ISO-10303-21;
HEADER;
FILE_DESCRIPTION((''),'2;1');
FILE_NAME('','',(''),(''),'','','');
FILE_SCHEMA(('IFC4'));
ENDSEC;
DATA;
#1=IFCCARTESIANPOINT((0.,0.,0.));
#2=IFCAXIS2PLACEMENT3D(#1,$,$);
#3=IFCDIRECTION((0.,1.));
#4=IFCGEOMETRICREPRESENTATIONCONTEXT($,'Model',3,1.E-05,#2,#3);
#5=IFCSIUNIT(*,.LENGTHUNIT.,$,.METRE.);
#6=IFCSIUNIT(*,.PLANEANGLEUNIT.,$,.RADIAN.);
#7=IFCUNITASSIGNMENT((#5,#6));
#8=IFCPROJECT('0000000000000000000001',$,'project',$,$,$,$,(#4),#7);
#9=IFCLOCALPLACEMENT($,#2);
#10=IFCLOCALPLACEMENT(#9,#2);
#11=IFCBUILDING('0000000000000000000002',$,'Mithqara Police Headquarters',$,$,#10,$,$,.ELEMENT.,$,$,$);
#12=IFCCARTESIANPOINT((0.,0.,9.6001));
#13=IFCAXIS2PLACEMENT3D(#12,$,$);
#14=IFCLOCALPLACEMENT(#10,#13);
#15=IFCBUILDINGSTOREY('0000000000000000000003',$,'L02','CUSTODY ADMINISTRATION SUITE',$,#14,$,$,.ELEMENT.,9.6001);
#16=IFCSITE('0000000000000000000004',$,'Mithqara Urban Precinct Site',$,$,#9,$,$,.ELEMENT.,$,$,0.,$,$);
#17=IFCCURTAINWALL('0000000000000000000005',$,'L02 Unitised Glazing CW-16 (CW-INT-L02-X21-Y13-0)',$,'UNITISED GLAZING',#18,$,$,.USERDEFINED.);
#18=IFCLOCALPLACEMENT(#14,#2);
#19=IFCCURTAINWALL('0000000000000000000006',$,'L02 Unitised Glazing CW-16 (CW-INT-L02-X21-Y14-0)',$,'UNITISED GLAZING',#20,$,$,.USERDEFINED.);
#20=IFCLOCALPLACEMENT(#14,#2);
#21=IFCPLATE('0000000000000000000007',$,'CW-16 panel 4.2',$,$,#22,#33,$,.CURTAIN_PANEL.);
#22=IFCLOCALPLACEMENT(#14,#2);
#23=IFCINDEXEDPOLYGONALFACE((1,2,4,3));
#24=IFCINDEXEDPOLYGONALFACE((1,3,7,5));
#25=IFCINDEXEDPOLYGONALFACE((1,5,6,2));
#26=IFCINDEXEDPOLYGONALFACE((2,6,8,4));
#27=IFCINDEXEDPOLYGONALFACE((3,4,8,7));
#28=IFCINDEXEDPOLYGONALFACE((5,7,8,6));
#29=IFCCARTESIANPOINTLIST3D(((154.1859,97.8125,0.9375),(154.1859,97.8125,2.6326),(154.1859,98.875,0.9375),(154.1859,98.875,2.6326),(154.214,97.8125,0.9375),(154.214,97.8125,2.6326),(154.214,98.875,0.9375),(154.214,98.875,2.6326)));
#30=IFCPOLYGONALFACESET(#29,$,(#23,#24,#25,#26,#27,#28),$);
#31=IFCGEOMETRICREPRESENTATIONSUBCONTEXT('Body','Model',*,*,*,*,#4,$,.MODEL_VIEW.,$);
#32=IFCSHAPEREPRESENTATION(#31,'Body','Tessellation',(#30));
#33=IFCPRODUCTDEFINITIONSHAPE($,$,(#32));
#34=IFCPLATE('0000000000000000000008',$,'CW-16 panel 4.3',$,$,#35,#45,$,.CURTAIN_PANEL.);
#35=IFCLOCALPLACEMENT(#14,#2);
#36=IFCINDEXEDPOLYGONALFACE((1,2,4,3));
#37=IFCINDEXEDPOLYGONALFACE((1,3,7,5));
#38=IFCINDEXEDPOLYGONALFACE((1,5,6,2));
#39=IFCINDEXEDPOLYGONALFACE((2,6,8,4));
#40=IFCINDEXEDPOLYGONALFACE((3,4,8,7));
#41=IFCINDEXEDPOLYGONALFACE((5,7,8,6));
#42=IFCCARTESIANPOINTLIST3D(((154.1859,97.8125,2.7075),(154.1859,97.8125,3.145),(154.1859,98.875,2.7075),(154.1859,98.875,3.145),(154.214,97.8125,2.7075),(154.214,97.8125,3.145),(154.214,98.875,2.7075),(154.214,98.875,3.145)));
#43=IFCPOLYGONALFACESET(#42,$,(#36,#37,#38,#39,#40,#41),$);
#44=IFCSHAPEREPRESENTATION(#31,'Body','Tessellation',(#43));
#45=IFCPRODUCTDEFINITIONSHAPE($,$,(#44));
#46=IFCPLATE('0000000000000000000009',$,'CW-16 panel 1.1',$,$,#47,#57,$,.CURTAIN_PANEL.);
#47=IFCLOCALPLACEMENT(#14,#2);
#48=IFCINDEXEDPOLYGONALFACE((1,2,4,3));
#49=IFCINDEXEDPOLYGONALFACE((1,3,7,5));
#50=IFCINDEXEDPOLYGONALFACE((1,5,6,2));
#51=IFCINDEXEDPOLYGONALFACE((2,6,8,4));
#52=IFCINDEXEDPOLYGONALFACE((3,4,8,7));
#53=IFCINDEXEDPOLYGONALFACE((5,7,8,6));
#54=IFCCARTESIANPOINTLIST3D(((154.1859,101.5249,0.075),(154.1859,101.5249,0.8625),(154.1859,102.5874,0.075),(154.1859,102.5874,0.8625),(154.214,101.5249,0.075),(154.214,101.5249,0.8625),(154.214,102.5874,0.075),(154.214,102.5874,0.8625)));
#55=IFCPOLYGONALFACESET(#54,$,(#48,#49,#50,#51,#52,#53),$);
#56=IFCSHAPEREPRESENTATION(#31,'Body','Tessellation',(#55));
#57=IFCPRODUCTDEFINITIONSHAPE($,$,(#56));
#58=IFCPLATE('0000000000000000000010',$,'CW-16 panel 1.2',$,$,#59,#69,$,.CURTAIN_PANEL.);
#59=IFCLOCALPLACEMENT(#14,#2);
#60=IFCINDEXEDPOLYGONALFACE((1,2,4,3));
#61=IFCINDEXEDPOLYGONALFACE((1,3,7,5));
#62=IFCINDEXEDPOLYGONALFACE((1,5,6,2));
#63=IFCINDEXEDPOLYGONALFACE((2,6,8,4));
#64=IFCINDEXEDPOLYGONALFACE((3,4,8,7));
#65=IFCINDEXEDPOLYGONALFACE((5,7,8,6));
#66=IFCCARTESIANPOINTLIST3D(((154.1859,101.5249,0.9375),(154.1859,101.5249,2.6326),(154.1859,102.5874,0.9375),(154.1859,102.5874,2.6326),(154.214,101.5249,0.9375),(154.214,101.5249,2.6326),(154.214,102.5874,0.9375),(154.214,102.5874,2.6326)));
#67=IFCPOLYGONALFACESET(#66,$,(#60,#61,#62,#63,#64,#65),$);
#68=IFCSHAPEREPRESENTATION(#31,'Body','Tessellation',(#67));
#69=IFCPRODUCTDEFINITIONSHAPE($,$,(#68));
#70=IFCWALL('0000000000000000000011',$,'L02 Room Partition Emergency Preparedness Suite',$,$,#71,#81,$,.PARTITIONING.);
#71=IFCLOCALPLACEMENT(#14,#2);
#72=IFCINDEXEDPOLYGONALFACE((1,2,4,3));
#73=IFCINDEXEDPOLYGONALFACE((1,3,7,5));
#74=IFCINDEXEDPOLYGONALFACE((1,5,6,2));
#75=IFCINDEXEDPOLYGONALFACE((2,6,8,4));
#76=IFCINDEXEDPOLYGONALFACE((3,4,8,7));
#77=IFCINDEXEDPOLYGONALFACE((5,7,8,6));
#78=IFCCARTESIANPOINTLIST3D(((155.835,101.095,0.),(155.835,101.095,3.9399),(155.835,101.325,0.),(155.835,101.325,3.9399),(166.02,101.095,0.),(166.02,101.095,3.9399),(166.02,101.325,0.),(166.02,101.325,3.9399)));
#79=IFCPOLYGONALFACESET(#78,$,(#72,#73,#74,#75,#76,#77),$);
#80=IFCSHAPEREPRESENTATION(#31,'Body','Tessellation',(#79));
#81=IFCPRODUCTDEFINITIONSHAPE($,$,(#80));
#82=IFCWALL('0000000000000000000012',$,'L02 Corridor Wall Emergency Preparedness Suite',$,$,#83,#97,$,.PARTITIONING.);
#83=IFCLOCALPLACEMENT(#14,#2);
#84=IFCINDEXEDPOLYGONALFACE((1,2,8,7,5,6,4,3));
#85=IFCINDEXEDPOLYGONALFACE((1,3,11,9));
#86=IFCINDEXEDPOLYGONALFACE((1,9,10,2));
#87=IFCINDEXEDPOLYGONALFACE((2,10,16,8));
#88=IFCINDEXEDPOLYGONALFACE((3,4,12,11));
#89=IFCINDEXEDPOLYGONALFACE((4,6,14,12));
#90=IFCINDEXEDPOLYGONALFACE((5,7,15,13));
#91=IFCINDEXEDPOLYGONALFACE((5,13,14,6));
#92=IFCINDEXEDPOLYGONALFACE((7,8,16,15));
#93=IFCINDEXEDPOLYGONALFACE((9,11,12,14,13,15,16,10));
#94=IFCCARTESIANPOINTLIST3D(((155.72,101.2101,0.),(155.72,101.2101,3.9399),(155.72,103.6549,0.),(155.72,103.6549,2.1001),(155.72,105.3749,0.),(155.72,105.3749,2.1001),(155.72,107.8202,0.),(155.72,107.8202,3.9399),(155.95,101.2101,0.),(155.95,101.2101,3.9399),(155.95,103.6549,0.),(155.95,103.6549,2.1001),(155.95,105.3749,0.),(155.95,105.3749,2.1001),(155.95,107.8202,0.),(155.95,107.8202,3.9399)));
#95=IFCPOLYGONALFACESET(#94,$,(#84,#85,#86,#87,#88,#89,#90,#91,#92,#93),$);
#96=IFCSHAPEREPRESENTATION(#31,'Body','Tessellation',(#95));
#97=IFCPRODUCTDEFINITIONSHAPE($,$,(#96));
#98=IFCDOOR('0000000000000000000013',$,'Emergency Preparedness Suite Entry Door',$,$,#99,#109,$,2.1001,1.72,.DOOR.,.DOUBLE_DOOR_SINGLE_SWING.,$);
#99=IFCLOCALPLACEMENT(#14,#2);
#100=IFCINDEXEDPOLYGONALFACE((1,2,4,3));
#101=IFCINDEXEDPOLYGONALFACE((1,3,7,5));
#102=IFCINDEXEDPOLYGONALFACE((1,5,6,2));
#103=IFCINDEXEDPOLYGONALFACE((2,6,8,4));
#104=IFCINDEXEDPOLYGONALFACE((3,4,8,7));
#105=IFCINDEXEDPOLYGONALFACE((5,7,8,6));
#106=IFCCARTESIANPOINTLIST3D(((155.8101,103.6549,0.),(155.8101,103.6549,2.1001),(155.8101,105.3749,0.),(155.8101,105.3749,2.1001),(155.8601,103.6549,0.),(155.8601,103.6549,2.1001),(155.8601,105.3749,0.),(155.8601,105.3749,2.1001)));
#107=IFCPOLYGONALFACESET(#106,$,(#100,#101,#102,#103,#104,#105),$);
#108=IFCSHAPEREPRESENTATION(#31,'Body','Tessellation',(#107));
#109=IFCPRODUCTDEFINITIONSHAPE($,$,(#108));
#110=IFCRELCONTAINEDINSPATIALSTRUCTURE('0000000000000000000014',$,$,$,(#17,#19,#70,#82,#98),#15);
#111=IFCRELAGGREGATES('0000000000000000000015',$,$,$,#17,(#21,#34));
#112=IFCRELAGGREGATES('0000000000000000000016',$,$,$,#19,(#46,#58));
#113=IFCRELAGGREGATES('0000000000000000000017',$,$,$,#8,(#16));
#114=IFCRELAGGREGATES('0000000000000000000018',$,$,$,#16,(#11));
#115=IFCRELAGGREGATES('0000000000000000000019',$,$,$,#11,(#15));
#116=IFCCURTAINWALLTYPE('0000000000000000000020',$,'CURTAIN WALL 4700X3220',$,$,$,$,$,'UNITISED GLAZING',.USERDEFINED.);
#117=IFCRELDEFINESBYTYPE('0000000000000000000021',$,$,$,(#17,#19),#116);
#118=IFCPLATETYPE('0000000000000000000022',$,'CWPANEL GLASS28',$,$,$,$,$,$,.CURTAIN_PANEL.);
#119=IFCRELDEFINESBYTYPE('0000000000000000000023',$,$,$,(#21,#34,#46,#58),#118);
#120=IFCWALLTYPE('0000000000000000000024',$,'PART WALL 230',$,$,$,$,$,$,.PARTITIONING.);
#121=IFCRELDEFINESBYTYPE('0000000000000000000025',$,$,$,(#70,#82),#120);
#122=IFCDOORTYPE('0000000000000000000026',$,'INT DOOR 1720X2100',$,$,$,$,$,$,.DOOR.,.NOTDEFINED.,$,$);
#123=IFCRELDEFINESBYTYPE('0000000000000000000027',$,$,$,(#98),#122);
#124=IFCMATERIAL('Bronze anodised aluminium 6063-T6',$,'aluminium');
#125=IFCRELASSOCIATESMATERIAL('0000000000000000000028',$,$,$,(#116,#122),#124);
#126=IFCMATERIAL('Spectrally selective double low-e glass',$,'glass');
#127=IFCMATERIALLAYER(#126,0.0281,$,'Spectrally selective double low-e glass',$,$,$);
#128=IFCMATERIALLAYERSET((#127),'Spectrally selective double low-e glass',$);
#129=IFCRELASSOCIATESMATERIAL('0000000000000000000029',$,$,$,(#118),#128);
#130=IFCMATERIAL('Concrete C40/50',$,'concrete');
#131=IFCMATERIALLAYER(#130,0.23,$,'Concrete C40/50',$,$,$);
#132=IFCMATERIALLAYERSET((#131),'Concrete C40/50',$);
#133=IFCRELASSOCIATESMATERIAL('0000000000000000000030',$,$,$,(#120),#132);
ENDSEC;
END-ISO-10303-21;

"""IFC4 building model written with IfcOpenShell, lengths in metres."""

from ifc_helpers import new_model, si_unit, direction, frame, frame_2d, origin, origin_2d, place, context, subcontext, project, spatial, rectangle, extrude, material, layer, layer_set, type_object, element, fill, aggregate, save


model = new_model("IFC4")

# Units and contexts
model_context = context("Model", 3, precision=1e-05, world=origin(), true_north=direction((0.0, 1.0)))
body_context = subcontext(model_context, "Body", "Model", "MODEL_VIEW")
ifc_project = project(units=[si_unit("LENGTHUNIT", "METRE"), si_unit("PLANEANGLEUNIT", "RADIAN")], contexts=[model_context])

# Site, building, storey
site_placement = place(None, origin())
site = spatial("IfcSite", under=ifc_project, at=site_placement, Name="Mithqara Urban Precinct Site", CompositionType="ELEMENT", RefElevation=0.0)
building_placement = place(site_placement, origin())
building = spatial("IfcBuilding", under=site, at=building_placement, Name="Mithqara Police Headquarters", CompositionType="ELEMENT")
storey_placement = place(building_placement, frame((0.0, 0.0, 9.6001)))
storey = spatial("IfcBuildingStorey", under=building, at=storey_placement, Name="L02", Description="CUSTODY ADMINISTRATION SUITE", CompositionType="ELEMENT", Elevation=9.6001)

# Shared definitions
ifc_material_1 = material(Name="Concrete C40/50", Category="concrete")

# Curtain walls
ifc_material_2 = material(Name="Bronze anodised aluminium 6063-T6", Category="aluminium")
curtain_wall_type = type_object("IfcCurtainWallType", Name="CURTAIN WALL 4700X3220", ElementType="UNITISED GLAZING", PredefinedType="USERDEFINED", material=ifc_material_2)
curtain_wall_1_placement = place(storey_placement, origin())
curtain_wall_1 = element("IfcCurtainWall", 1, at=curtain_wall_1_placement, inside=storey, type_object=curtain_wall_type, Name="L02 Unitised Glazing CW-16 (CW-INT-L02-X21-Y13-0)", ObjectType="UNITISED GLAZING", PredefinedType="USERDEFINED")
curtain_wall_2_placement = place(storey_placement, origin())
curtain_wall_2 = element("IfcCurtainWall", 2, at=curtain_wall_2_placement, inside=storey, type_object=curtain_wall_type, Name="L02 Unitised Glazing CW-16 (CW-INT-L02-X21-Y14-0)", ObjectType="UNITISED GLAZING", PredefinedType="USERDEFINED")

# Plates
ifc_material_3 = material(Name="Spectrally selective double low-e glass", Category="glass")
ifc_layer_1 = layer(ifc_material_3, 0.0281, Name="Spectrally selective double low-e glass")
ifc_layer_set_1 = layer_set([ifc_layer_1], Name="Spectrally selective double low-e glass")
plate_type = type_object("IfcPlateType", Name="CWPANEL GLASS28", PredefinedType="CURTAIN_PANEL", material=ifc_layer_set_1)
plate_1_placement = place(storey_placement, frame((154.2, 98.3438, 0.9375), z_axis=(0.0, 0.0, 1.0), x_axis=(0.0, 1.0, 0.0)))
plate_1 = element("IfcPlate", 3, at=plate_1_placement, type_object=plate_type, Name="CW-16 panel 4.2", PredefinedType="CURTAIN_PANEL", context=body_context, shape_type="SweptSolid", body=[
    extrude(rectangle(XDim=1.0625, YDim=0.0281, at=origin_2d()), origin(), (0.0, 0.0, 1.0), 1.6951),
])
plate_2_placement = place(storey_placement, frame((154.2, 98.3438, 2.7075), z_axis=(0.0, 0.0, 1.0), x_axis=(0.0, 1.0, 0.0)))
plate_2 = element("IfcPlate", 4, at=plate_2_placement, type_object=plate_type, Name="CW-16 panel 4.3", PredefinedType="CURTAIN_PANEL", context=body_context, shape_type="SweptSolid", body=[
    extrude(rectangle(XDim=1.0625, YDim=0.0281, at=origin_2d()), origin(), (0.0, 0.0, 1.0), 0.4375),
])
aggregate(curtain_wall_1, [plate_1, plate_2])
plate_3_placement = place(storey_placement, frame((154.2, 102.0562, 0.075), z_axis=(0.0, 0.0, 1.0), x_axis=(0.0, 1.0, 0.0)))
plate_3 = element("IfcPlate", 5, at=plate_3_placement, type_object=plate_type, Name="CW-16 panel 1.1", PredefinedType="CURTAIN_PANEL", context=body_context, shape_type="SweptSolid", body=[
    extrude(rectangle(XDim=1.0625, YDim=0.0281, at=origin_2d()), origin(), (0.0, 0.0, 1.0), 0.7876),
])
plate_4_placement = place(storey_placement, frame((154.2, 102.0562, 0.9375), z_axis=(0.0, 0.0, 1.0), x_axis=(0.0, 1.0, 0.0)))
plate_4 = element("IfcPlate", 6, at=plate_4_placement, type_object=plate_type, Name="CW-16 panel 1.2", PredefinedType="CURTAIN_PANEL", context=body_context, shape_type="SweptSolid", body=[
    extrude(rectangle(XDim=1.0625, YDim=0.0281, at=origin_2d()), origin(), (0.0, 0.0, 1.0), 1.6951),
])
aggregate(curtain_wall_2, [plate_3, plate_4])

# Wall
ifc_layer_2 = layer(ifc_material_1, 0.23, Name="Concrete C40/50")
ifc_layer_set_2 = layer_set([ifc_layer_2], Name="Concrete C40/50")
wall_type = type_object("IfcWallType", Name="PART WALL 230", PredefinedType="PARTITIONING", material=ifc_layer_set_2)
wall_1_placement = place(storey_placement, frame((155.835, 101.21, 0.0), z_axis=(0.0, 0.0, 1.0), x_axis=(1.0, 0.0, 0.0)))
element("IfcWall", 7, at=wall_1_placement, inside=storey, type_object=wall_type, Name="L02 Room Partition Emergency Preparedness Suite", PredefinedType="PARTITIONING", context=body_context, shape_type="SweptSolid", body=[
    extrude(rectangle(XDim=10.1851, YDim=0.23, at=frame_2d((5.0925, 0.0))), origin(), (0.0, 0.0, 1.0), 3.9399),
])

# Wall, opening, door
wall_2_placement = place(storey_placement, frame((155.835, 101.21, 0.0), z_axis=(0.0, 0.0, 1.0), x_axis=(0.0, 1.0, 0.0)))
wall_2 = element("IfcWall", 8, at=wall_2_placement, inside=storey, type_object=wall_type, Name="L02 Corridor Wall Emergency Preparedness Suite", PredefinedType="PARTITIONING", context=body_context, shape_type="SweptSolid", body=[
    extrude(rectangle(XDim=6.6101, YDim=0.23, at=frame_2d((3.3052, 0.0))), origin(), (0.0, 0.0, 1.0), 3.9399),
])
opening_placement = place(wall_2_placement, frame((2.4451, 0.0, 0.0)))
opening = element("IfcOpeningElement", 9, at=opening_placement, cuts=wall_2, PredefinedType="OPENING", context=body_context, shape_type="SweptSolid", body=[
    extrude(rectangle(XDim=1.72, YDim=2.1001, at=frame_2d((0.8599, 1.05))), frame((0.0, 0.125, 0.0), z_axis=(0.0, -1.0, 0.0), x_axis=(1.0, 0.0, 0.0)), (0.0, 0.0, 1.0), 0.25),
])
door_type = type_object("IfcDoorType", Name="INT DOOR 1720X2100", OperationType="NOTDEFINED", PredefinedType="DOOR", material=ifc_material_2)
door_placement = place(opening_placement, origin())
door = element("IfcDoor", 10, at=door_placement, inside=storey, type_object=door_type, Name="Emergency Preparedness Suite Entry Door", OperationType="DOUBLE_DOOR_SINGLE_SWING", OverallHeight=2.1001, OverallWidth=1.72, PredefinedType="DOOR", context=body_context, shape_type="SweptSolid", body=[
    extrude(rectangle(XDim=1.72, YDim=2.1001, at=frame_2d((0.8599, 1.05))), frame((0.0, 0.0249, 0.0), z_axis=(0.0, -1.0, 0.0), x_axis=(1.0, 0.0, 0.0)), (0.0, 0.0, 1.0), 0.05),
])
fill(opening, door)

save(model, "model.ifc")
